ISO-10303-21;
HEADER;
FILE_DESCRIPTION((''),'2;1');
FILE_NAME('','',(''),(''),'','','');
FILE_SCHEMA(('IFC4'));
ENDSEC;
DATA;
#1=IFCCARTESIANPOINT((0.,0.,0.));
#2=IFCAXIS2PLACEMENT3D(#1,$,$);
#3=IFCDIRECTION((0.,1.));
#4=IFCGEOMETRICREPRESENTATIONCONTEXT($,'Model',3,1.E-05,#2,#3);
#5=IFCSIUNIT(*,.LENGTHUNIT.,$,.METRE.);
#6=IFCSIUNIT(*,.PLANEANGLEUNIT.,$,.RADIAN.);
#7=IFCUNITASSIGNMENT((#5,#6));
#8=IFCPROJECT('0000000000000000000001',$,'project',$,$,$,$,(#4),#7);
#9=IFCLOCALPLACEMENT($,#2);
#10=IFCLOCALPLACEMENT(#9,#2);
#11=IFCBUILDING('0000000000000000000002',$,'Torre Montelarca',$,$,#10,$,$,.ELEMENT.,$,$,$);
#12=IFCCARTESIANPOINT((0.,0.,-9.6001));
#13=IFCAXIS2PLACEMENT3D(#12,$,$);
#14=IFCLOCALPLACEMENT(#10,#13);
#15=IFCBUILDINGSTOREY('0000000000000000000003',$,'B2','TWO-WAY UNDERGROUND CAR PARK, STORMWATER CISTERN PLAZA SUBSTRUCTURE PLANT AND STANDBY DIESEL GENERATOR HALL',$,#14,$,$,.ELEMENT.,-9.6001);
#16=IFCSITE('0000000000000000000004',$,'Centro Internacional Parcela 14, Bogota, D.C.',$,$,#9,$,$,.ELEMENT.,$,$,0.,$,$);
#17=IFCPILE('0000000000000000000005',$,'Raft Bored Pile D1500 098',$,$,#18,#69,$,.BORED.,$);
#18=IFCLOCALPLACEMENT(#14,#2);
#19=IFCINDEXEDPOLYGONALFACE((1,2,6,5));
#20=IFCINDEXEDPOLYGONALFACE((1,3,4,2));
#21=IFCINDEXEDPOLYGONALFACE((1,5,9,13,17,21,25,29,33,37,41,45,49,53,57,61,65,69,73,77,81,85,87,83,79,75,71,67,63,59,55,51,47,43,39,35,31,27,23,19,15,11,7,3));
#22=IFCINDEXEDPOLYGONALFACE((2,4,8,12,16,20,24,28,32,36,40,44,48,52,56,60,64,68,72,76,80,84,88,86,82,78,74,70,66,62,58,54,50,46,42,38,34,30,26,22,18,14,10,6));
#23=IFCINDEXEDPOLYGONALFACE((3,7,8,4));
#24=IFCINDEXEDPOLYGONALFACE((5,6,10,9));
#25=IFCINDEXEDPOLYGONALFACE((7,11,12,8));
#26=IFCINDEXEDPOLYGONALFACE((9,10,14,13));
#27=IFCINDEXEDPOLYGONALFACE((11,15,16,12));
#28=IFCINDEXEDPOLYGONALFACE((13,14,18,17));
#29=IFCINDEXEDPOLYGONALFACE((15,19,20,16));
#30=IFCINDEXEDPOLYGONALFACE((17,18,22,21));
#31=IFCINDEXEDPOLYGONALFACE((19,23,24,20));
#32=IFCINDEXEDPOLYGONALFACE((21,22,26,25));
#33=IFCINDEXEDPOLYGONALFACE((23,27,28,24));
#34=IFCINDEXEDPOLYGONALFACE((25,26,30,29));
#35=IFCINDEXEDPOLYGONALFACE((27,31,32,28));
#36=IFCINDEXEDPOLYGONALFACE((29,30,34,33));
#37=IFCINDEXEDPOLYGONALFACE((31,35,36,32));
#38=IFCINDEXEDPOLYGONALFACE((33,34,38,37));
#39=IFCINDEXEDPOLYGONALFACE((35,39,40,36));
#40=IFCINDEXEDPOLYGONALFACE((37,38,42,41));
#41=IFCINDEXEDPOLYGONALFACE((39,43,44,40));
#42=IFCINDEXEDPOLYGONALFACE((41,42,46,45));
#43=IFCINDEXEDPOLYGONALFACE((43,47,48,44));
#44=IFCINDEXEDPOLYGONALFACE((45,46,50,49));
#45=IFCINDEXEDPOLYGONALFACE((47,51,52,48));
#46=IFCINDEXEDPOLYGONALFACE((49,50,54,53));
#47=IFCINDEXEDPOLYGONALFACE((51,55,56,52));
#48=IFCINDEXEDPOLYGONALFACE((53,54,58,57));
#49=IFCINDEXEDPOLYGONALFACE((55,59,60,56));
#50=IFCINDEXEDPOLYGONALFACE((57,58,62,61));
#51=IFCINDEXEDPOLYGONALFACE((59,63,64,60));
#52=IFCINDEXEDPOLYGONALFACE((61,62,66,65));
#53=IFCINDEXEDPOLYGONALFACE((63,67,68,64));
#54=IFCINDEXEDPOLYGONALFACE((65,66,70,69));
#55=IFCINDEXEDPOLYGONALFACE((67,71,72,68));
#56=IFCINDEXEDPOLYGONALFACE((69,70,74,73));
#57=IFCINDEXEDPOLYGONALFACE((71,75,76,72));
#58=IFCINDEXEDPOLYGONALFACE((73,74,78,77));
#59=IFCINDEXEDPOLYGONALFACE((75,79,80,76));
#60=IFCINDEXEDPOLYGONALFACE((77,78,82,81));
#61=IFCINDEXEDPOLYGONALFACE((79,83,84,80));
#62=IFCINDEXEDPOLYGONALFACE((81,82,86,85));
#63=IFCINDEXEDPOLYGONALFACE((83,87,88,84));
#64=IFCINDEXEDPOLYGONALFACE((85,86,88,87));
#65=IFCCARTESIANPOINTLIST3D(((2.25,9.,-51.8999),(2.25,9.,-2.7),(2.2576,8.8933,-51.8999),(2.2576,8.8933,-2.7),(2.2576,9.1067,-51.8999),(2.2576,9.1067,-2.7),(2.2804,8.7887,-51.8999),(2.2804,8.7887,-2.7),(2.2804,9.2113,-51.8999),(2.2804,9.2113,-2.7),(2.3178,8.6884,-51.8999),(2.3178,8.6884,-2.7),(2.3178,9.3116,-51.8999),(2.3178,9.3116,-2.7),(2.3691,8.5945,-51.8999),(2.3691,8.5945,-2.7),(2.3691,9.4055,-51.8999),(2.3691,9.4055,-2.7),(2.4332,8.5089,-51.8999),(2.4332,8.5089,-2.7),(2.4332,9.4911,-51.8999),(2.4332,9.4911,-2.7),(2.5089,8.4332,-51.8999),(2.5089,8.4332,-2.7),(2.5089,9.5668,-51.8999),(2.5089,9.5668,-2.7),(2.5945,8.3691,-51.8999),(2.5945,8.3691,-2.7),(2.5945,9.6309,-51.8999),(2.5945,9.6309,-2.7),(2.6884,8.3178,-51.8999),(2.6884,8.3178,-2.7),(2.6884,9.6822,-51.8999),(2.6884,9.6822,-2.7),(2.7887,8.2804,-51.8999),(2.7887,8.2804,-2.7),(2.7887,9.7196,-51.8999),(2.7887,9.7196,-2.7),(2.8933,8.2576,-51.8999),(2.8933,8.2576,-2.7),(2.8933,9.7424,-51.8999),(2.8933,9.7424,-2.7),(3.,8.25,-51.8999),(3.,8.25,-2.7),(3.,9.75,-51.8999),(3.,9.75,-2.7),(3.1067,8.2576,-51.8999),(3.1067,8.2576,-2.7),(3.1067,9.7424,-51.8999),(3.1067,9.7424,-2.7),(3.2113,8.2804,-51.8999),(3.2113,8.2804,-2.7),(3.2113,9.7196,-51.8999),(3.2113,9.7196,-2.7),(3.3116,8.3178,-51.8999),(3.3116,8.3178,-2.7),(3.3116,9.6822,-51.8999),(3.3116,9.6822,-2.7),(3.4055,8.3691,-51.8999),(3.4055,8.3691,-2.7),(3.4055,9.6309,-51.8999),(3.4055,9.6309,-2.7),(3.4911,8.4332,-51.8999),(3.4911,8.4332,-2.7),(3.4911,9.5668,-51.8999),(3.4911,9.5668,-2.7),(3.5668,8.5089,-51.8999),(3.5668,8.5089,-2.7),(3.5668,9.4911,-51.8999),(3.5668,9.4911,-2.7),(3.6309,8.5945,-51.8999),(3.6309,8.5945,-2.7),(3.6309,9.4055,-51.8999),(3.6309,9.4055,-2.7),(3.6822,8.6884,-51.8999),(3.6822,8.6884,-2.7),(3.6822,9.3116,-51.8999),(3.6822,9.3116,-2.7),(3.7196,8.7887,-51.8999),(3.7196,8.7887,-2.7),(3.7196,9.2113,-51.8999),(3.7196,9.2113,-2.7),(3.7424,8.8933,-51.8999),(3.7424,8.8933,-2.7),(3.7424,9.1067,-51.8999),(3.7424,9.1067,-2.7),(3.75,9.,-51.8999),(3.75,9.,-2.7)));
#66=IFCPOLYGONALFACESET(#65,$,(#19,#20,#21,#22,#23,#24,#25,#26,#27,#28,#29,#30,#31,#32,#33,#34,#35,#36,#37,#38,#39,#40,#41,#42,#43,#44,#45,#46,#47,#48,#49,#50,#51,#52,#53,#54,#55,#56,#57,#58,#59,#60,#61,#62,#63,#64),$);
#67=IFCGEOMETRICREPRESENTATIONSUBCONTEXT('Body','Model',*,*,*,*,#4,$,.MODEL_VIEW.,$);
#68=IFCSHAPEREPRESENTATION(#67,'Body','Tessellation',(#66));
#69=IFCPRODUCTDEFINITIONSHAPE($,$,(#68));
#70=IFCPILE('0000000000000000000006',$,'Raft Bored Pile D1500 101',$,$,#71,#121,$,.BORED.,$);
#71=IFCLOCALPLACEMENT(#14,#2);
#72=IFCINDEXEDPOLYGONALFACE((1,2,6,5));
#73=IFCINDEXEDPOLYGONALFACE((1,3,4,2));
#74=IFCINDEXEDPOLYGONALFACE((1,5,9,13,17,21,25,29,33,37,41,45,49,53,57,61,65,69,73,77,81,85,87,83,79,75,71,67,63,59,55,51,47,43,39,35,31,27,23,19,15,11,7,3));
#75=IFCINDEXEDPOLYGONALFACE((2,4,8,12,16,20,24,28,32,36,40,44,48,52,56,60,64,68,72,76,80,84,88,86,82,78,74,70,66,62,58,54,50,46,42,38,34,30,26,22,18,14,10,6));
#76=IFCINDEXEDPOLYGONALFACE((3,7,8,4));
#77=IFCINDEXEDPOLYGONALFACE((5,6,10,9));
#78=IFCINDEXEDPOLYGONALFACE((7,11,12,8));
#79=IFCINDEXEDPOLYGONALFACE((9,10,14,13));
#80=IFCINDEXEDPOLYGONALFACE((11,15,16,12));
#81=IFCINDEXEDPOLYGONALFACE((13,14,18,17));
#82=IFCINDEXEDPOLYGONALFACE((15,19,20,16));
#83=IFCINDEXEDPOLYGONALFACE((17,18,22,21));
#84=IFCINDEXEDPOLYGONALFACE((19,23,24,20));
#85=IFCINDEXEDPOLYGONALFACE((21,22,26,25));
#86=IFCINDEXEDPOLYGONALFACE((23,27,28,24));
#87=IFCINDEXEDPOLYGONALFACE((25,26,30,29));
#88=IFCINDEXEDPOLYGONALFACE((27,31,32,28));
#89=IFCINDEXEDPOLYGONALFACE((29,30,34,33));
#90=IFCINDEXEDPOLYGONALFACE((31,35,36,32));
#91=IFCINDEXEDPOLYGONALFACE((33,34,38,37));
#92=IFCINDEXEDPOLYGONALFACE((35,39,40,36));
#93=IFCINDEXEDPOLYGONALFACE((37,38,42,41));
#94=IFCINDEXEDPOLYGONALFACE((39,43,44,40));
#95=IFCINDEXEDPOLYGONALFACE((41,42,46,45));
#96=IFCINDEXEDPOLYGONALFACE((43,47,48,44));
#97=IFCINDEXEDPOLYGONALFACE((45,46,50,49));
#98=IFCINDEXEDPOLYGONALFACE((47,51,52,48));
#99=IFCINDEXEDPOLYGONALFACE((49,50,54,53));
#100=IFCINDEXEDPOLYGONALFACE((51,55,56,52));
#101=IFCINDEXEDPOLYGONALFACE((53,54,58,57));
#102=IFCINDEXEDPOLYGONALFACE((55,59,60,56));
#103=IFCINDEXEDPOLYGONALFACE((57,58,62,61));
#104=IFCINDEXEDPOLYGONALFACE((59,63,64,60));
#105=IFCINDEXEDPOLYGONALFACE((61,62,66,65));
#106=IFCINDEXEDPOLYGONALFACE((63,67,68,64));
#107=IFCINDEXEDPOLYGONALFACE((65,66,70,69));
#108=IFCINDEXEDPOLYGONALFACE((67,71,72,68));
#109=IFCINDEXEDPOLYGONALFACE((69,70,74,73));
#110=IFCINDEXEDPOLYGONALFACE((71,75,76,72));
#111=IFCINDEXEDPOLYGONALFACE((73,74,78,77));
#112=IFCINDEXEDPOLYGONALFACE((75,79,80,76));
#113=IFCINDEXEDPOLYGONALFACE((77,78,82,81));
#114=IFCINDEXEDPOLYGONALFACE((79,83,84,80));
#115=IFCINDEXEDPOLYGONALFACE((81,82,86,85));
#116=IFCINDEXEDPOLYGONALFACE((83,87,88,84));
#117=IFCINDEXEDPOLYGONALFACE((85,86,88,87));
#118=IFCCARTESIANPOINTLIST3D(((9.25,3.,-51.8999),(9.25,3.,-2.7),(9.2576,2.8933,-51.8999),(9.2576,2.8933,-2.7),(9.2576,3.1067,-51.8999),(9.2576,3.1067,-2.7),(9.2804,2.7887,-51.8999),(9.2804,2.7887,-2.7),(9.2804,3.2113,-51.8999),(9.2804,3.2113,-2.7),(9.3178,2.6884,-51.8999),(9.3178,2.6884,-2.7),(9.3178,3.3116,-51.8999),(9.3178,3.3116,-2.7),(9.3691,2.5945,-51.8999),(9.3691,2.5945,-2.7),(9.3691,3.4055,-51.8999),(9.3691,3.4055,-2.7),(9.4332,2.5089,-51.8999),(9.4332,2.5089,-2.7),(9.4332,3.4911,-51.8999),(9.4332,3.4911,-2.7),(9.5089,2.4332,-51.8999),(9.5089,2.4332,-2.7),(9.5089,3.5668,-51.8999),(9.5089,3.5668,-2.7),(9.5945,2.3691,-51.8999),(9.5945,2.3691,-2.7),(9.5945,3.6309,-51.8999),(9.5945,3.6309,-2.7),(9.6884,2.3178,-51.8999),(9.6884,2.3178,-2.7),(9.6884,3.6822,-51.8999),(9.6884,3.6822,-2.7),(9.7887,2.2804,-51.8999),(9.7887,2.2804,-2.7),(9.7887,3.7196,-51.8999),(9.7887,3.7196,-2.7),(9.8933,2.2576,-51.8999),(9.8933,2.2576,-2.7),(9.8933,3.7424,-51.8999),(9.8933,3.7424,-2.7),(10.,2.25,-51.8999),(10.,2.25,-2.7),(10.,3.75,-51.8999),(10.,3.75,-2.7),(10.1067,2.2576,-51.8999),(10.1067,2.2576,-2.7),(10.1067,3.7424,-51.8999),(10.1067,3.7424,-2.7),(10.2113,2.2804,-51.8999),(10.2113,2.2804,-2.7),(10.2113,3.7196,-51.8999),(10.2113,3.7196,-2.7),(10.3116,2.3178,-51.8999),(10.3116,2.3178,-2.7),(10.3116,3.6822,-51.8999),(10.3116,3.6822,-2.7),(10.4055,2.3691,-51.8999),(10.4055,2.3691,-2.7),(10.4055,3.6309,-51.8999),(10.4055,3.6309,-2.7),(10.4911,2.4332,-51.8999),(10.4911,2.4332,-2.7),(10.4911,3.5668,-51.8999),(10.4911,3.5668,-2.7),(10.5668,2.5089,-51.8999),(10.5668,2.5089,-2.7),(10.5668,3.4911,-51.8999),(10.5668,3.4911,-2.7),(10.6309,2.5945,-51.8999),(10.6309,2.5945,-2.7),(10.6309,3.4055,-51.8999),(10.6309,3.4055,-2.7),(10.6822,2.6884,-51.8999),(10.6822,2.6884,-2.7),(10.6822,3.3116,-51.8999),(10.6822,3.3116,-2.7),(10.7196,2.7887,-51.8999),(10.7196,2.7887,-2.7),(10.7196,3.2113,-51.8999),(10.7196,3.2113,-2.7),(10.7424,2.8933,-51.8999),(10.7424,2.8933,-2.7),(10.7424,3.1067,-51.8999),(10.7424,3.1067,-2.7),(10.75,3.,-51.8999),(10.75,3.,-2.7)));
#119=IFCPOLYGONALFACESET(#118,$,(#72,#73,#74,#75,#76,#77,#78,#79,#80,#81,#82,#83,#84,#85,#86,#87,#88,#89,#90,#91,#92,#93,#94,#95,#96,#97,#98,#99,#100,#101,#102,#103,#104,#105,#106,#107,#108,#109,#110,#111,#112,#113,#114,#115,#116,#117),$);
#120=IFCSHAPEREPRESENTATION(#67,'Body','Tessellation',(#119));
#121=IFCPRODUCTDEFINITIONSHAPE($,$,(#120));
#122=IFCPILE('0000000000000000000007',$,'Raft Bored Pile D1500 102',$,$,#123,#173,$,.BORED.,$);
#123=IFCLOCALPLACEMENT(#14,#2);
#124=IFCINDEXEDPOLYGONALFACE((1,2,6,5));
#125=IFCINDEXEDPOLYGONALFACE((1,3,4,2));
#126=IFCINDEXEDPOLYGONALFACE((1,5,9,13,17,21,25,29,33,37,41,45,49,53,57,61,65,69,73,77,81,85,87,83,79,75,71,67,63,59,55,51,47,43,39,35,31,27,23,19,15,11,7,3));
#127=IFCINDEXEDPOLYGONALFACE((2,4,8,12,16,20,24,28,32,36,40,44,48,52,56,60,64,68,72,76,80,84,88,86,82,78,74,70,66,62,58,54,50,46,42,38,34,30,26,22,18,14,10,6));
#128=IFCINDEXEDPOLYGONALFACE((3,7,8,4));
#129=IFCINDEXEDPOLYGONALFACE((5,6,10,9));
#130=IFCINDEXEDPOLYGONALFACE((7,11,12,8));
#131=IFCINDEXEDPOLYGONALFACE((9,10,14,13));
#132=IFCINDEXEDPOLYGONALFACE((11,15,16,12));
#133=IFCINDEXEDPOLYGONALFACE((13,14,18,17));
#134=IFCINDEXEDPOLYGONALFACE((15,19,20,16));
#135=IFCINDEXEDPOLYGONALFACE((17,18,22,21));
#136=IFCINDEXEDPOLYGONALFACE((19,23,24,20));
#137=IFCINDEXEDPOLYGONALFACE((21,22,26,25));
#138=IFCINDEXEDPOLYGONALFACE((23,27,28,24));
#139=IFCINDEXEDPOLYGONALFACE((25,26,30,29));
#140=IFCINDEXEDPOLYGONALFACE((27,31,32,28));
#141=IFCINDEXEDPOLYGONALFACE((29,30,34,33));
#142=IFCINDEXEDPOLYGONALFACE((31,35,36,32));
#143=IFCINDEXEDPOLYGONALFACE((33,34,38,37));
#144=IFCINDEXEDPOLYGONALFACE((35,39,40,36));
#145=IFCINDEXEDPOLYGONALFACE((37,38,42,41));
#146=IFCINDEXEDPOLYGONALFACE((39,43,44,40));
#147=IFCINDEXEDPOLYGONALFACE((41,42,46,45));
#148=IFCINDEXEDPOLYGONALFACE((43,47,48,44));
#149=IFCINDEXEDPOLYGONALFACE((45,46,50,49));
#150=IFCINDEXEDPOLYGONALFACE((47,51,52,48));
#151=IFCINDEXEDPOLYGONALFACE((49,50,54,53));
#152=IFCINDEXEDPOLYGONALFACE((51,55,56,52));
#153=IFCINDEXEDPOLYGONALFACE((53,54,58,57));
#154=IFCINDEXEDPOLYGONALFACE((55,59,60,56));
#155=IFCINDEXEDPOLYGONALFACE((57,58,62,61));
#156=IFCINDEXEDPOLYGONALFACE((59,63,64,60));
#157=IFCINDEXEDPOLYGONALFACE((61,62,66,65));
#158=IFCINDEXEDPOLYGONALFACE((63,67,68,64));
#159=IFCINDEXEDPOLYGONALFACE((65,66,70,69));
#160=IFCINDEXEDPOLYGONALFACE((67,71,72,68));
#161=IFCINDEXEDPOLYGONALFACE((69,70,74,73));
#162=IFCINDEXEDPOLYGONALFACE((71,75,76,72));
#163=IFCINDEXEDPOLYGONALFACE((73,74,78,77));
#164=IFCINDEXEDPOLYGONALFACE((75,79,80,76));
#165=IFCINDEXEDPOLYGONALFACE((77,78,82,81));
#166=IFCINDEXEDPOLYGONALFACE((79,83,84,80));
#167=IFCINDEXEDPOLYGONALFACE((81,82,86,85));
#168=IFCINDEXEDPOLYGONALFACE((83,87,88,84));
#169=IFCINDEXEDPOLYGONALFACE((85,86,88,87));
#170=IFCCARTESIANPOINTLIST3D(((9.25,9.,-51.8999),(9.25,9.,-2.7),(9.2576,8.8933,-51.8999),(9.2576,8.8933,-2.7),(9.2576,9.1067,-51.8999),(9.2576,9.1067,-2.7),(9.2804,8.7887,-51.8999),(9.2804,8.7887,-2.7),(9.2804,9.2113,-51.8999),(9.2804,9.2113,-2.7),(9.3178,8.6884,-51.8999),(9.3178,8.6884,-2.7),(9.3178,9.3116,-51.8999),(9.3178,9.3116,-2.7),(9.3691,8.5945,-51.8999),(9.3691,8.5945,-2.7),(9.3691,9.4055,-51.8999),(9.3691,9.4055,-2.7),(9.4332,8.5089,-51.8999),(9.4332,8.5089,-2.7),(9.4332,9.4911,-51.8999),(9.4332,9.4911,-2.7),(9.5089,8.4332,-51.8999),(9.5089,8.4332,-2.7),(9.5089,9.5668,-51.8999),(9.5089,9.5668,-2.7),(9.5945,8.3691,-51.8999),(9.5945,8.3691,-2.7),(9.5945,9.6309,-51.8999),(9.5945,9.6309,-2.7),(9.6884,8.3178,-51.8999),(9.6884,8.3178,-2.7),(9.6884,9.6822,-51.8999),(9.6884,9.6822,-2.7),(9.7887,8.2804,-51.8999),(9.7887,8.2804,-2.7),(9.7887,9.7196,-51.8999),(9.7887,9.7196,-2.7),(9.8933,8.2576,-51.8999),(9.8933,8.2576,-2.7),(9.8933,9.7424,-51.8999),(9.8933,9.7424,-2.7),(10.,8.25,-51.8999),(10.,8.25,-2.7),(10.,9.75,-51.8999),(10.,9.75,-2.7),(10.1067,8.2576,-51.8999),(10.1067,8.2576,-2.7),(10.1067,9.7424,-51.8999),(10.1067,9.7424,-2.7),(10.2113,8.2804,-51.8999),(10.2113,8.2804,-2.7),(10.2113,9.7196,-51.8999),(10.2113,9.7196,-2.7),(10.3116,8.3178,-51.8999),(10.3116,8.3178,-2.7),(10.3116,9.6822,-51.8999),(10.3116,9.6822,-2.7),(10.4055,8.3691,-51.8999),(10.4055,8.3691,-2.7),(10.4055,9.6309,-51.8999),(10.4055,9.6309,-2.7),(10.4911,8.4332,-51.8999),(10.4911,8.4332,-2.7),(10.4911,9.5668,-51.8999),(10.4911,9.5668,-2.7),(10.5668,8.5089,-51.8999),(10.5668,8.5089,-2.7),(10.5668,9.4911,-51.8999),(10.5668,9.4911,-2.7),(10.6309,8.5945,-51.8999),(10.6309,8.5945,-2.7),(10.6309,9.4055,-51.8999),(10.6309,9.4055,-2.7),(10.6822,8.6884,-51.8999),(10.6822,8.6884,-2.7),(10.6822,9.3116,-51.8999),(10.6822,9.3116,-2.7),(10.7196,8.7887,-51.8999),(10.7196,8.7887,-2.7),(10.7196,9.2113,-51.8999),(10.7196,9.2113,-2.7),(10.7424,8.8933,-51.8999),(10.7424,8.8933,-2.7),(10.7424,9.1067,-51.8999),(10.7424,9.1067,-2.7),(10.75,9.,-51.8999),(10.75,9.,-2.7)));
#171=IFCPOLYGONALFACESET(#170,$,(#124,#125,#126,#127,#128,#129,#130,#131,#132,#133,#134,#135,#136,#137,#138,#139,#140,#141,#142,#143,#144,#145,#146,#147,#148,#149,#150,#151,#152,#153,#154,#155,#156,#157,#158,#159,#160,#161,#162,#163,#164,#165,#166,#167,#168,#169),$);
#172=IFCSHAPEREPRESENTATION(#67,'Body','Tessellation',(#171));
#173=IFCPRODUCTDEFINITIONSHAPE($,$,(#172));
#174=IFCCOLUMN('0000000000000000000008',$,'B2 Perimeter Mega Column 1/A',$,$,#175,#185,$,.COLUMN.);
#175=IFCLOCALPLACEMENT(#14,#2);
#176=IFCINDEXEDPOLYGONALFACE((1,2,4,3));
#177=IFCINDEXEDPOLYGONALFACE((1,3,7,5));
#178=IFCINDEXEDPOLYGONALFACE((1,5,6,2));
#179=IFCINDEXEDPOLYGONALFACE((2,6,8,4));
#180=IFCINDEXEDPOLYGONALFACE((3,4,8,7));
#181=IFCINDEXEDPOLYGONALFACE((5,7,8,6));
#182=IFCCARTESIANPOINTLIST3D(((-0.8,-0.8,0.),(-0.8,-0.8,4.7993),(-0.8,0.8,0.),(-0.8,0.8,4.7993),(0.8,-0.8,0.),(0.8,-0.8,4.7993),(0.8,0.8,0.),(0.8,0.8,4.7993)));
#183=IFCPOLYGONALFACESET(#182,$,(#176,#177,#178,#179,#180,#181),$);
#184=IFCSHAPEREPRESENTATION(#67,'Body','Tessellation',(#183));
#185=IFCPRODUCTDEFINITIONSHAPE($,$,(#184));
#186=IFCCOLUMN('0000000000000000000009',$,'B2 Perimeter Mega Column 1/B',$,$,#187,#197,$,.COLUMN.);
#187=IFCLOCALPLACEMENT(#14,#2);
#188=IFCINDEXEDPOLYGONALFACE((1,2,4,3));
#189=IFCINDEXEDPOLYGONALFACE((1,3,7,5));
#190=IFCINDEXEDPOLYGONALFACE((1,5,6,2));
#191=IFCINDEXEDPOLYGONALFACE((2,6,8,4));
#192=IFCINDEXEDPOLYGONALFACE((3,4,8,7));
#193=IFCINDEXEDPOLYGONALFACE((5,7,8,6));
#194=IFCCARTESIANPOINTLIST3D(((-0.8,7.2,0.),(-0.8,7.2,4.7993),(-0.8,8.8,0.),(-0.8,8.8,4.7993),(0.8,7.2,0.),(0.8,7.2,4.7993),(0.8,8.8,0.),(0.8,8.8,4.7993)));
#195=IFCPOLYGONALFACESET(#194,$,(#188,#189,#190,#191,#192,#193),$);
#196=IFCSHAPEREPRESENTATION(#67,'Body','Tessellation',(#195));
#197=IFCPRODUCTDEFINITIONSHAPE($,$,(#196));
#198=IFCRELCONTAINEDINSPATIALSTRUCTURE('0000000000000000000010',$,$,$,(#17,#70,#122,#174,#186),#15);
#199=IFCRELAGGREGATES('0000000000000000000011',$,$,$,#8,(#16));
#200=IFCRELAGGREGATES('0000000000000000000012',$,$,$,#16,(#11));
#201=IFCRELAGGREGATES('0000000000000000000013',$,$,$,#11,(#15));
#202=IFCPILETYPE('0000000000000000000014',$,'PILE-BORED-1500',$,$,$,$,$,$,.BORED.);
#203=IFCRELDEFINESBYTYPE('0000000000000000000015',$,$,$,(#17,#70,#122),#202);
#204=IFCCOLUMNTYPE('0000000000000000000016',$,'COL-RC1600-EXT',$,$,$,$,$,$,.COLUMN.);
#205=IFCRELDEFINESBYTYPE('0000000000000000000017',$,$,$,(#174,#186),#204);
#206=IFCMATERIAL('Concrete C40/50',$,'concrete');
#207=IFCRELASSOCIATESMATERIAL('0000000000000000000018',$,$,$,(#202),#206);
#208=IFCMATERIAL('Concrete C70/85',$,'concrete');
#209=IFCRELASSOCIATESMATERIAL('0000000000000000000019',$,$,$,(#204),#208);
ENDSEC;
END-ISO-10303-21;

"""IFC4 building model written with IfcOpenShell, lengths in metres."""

from ifc_helpers import new_model, si_unit, direction, frame, origin, origin_2d, place, context, subcontext, project, spatial, rectangle, circle, extrude, source, transform, mapped, material, material_profile, profile_set, type_object, element, save


model = new_model("IFC4")

# Units and contexts
model_context = context("Model", 3, precision=1e-05, world=origin(), true_north=direction((0.0, 1.0)))
body_context = subcontext(model_context, "Body", "Model", "MODEL_VIEW")
ifc_project = project(units=[si_unit("LENGTHUNIT", "METRE"), si_unit("PLANEANGLEUNIT", "RADIAN")], contexts=[model_context])

# Site, building, storey
site_placement = place(None, origin())
site = spatial("IfcSite", under=ifc_project, at=site_placement, Name="Centro Internacional Parcela 14, Bogota, D.C.", CompositionType="ELEMENT", RefElevation=0.0)
building_placement = place(site_placement, origin())
building = spatial("IfcBuilding", under=site, at=building_placement, Name="Torre Montelarca", CompositionType="ELEMENT")
storey_placement = place(building_placement, frame((0.0, 0.0, -9.6001)))
storey = spatial("IfcBuildingStorey", under=building, at=storey_placement, Name="B2", Description="TWO-WAY UNDERGROUND CAR PARK, STORMWATER CISTERN PLAZA SUBSTRUCTURE PLANT AND STANDBY DIESEL GENERATOR HALL", CompositionType="ELEMENT", Elevation=-9.6001)

# Shared definitions
ifc_material_1 = material(Name="Concrete C40/50", Category="concrete")

# Piles
ifc_material_profile_1 = material_profile(ifc_material_1, circle(Radius=0.75, at=origin_2d()), Name="PILE-D1500", Category="concrete")
ifc_profile_set_1 = profile_set([ifc_material_profile_1], Name="Concrete C40/50")
pile_type = type_object("IfcPileType", Name="PILE-BORED-1500", PredefinedType="BORED", material=ifc_profile_set_1)
shared_shape_1 = source(origin(), body_context, "Body", "SweptSolid", [
    extrude(circle(Radius=0.75, at=origin_2d()), origin(), (0.0, 0.0, 1.0), 49.2),
])
for number, where, z_axis, x_axis, name in (
    (1, (3.0, 9.0, -2.7), (0.0, 0.0, -1.0), (1.0, 0.0, 0.0), "Raft Bored Pile D1500 098"),
    (2, (10.0, 3.0, -2.7), (0.0, 0.0, -1.0), (1.0, 0.0, 0.0), "Raft Bored Pile D1500 101"),
    (3, (10.0, 9.0, -2.7), (0.0, 0.0, -1.0), (1.0, 0.0, 0.0), "Raft Bored Pile D1500 102"),
):
    element("IfcPile", number, at=place(storey_placement, frame(where, z_axis=z_axis, x_axis=x_axis)), inside=storey, type_object=pile_type, Name=name, PredefinedType="BORED", context=body_context, shape_type="MappedRepresentation", body=[
        mapped(shared_shape_1, transform((0.0, 0.0, 0.0), scale=1.0)),
    ])

# Columns
ifc_material_2 = material(Name="Concrete C70/85", Category="concrete")
ifc_material_profile_2 = material_profile(ifc_material_2, rectangle(XDim=1.6001, YDim=1.6001, at=origin_2d()), Name="RC1600X1600", Category="concrete")
ifc_profile_set_2 = profile_set([ifc_material_profile_2], Name="Concrete C70/85")
column_type_1 = type_object("IfcColumnType", Name="COL-RC1600-EXT", PredefinedType="COLUMN", material=ifc_profile_set_2)
shared_shape_2 = source(origin(), body_context, "Body", "SweptSolid", [
    extrude(rectangle(XDim=1.6001, YDim=1.6001, at=origin_2d()), origin(), (0.0, 0.0, 1.0), 4.7993),
])
for number, where, z_axis, x_axis, name in (
    (4, (0.0, 0.0, 0.0), (0.0, 0.0, 1.0), (1.0, 0.0, 0.0), "B2 Perimeter Mega Column 1/A"),
    (5, (0.0, 8.0, 0.0), (0.0, 0.0, 1.0), (1.0, 0.0, 0.0), "B2 Perimeter Mega Column 1/B"),
):
    element("IfcColumn", number, at=place(storey_placement, frame(where, z_axis=z_axis, x_axis=x_axis)), inside=storey, type_object=column_type_1, Name=name, PredefinedType="COLUMN", context=body_context, shape_type="MappedRepresentation", body=[
        mapped(shared_shape_2, transform((0.0, 0.0, 0.0), scale=1.0)),
    ])

save(model, "model.ifc")
